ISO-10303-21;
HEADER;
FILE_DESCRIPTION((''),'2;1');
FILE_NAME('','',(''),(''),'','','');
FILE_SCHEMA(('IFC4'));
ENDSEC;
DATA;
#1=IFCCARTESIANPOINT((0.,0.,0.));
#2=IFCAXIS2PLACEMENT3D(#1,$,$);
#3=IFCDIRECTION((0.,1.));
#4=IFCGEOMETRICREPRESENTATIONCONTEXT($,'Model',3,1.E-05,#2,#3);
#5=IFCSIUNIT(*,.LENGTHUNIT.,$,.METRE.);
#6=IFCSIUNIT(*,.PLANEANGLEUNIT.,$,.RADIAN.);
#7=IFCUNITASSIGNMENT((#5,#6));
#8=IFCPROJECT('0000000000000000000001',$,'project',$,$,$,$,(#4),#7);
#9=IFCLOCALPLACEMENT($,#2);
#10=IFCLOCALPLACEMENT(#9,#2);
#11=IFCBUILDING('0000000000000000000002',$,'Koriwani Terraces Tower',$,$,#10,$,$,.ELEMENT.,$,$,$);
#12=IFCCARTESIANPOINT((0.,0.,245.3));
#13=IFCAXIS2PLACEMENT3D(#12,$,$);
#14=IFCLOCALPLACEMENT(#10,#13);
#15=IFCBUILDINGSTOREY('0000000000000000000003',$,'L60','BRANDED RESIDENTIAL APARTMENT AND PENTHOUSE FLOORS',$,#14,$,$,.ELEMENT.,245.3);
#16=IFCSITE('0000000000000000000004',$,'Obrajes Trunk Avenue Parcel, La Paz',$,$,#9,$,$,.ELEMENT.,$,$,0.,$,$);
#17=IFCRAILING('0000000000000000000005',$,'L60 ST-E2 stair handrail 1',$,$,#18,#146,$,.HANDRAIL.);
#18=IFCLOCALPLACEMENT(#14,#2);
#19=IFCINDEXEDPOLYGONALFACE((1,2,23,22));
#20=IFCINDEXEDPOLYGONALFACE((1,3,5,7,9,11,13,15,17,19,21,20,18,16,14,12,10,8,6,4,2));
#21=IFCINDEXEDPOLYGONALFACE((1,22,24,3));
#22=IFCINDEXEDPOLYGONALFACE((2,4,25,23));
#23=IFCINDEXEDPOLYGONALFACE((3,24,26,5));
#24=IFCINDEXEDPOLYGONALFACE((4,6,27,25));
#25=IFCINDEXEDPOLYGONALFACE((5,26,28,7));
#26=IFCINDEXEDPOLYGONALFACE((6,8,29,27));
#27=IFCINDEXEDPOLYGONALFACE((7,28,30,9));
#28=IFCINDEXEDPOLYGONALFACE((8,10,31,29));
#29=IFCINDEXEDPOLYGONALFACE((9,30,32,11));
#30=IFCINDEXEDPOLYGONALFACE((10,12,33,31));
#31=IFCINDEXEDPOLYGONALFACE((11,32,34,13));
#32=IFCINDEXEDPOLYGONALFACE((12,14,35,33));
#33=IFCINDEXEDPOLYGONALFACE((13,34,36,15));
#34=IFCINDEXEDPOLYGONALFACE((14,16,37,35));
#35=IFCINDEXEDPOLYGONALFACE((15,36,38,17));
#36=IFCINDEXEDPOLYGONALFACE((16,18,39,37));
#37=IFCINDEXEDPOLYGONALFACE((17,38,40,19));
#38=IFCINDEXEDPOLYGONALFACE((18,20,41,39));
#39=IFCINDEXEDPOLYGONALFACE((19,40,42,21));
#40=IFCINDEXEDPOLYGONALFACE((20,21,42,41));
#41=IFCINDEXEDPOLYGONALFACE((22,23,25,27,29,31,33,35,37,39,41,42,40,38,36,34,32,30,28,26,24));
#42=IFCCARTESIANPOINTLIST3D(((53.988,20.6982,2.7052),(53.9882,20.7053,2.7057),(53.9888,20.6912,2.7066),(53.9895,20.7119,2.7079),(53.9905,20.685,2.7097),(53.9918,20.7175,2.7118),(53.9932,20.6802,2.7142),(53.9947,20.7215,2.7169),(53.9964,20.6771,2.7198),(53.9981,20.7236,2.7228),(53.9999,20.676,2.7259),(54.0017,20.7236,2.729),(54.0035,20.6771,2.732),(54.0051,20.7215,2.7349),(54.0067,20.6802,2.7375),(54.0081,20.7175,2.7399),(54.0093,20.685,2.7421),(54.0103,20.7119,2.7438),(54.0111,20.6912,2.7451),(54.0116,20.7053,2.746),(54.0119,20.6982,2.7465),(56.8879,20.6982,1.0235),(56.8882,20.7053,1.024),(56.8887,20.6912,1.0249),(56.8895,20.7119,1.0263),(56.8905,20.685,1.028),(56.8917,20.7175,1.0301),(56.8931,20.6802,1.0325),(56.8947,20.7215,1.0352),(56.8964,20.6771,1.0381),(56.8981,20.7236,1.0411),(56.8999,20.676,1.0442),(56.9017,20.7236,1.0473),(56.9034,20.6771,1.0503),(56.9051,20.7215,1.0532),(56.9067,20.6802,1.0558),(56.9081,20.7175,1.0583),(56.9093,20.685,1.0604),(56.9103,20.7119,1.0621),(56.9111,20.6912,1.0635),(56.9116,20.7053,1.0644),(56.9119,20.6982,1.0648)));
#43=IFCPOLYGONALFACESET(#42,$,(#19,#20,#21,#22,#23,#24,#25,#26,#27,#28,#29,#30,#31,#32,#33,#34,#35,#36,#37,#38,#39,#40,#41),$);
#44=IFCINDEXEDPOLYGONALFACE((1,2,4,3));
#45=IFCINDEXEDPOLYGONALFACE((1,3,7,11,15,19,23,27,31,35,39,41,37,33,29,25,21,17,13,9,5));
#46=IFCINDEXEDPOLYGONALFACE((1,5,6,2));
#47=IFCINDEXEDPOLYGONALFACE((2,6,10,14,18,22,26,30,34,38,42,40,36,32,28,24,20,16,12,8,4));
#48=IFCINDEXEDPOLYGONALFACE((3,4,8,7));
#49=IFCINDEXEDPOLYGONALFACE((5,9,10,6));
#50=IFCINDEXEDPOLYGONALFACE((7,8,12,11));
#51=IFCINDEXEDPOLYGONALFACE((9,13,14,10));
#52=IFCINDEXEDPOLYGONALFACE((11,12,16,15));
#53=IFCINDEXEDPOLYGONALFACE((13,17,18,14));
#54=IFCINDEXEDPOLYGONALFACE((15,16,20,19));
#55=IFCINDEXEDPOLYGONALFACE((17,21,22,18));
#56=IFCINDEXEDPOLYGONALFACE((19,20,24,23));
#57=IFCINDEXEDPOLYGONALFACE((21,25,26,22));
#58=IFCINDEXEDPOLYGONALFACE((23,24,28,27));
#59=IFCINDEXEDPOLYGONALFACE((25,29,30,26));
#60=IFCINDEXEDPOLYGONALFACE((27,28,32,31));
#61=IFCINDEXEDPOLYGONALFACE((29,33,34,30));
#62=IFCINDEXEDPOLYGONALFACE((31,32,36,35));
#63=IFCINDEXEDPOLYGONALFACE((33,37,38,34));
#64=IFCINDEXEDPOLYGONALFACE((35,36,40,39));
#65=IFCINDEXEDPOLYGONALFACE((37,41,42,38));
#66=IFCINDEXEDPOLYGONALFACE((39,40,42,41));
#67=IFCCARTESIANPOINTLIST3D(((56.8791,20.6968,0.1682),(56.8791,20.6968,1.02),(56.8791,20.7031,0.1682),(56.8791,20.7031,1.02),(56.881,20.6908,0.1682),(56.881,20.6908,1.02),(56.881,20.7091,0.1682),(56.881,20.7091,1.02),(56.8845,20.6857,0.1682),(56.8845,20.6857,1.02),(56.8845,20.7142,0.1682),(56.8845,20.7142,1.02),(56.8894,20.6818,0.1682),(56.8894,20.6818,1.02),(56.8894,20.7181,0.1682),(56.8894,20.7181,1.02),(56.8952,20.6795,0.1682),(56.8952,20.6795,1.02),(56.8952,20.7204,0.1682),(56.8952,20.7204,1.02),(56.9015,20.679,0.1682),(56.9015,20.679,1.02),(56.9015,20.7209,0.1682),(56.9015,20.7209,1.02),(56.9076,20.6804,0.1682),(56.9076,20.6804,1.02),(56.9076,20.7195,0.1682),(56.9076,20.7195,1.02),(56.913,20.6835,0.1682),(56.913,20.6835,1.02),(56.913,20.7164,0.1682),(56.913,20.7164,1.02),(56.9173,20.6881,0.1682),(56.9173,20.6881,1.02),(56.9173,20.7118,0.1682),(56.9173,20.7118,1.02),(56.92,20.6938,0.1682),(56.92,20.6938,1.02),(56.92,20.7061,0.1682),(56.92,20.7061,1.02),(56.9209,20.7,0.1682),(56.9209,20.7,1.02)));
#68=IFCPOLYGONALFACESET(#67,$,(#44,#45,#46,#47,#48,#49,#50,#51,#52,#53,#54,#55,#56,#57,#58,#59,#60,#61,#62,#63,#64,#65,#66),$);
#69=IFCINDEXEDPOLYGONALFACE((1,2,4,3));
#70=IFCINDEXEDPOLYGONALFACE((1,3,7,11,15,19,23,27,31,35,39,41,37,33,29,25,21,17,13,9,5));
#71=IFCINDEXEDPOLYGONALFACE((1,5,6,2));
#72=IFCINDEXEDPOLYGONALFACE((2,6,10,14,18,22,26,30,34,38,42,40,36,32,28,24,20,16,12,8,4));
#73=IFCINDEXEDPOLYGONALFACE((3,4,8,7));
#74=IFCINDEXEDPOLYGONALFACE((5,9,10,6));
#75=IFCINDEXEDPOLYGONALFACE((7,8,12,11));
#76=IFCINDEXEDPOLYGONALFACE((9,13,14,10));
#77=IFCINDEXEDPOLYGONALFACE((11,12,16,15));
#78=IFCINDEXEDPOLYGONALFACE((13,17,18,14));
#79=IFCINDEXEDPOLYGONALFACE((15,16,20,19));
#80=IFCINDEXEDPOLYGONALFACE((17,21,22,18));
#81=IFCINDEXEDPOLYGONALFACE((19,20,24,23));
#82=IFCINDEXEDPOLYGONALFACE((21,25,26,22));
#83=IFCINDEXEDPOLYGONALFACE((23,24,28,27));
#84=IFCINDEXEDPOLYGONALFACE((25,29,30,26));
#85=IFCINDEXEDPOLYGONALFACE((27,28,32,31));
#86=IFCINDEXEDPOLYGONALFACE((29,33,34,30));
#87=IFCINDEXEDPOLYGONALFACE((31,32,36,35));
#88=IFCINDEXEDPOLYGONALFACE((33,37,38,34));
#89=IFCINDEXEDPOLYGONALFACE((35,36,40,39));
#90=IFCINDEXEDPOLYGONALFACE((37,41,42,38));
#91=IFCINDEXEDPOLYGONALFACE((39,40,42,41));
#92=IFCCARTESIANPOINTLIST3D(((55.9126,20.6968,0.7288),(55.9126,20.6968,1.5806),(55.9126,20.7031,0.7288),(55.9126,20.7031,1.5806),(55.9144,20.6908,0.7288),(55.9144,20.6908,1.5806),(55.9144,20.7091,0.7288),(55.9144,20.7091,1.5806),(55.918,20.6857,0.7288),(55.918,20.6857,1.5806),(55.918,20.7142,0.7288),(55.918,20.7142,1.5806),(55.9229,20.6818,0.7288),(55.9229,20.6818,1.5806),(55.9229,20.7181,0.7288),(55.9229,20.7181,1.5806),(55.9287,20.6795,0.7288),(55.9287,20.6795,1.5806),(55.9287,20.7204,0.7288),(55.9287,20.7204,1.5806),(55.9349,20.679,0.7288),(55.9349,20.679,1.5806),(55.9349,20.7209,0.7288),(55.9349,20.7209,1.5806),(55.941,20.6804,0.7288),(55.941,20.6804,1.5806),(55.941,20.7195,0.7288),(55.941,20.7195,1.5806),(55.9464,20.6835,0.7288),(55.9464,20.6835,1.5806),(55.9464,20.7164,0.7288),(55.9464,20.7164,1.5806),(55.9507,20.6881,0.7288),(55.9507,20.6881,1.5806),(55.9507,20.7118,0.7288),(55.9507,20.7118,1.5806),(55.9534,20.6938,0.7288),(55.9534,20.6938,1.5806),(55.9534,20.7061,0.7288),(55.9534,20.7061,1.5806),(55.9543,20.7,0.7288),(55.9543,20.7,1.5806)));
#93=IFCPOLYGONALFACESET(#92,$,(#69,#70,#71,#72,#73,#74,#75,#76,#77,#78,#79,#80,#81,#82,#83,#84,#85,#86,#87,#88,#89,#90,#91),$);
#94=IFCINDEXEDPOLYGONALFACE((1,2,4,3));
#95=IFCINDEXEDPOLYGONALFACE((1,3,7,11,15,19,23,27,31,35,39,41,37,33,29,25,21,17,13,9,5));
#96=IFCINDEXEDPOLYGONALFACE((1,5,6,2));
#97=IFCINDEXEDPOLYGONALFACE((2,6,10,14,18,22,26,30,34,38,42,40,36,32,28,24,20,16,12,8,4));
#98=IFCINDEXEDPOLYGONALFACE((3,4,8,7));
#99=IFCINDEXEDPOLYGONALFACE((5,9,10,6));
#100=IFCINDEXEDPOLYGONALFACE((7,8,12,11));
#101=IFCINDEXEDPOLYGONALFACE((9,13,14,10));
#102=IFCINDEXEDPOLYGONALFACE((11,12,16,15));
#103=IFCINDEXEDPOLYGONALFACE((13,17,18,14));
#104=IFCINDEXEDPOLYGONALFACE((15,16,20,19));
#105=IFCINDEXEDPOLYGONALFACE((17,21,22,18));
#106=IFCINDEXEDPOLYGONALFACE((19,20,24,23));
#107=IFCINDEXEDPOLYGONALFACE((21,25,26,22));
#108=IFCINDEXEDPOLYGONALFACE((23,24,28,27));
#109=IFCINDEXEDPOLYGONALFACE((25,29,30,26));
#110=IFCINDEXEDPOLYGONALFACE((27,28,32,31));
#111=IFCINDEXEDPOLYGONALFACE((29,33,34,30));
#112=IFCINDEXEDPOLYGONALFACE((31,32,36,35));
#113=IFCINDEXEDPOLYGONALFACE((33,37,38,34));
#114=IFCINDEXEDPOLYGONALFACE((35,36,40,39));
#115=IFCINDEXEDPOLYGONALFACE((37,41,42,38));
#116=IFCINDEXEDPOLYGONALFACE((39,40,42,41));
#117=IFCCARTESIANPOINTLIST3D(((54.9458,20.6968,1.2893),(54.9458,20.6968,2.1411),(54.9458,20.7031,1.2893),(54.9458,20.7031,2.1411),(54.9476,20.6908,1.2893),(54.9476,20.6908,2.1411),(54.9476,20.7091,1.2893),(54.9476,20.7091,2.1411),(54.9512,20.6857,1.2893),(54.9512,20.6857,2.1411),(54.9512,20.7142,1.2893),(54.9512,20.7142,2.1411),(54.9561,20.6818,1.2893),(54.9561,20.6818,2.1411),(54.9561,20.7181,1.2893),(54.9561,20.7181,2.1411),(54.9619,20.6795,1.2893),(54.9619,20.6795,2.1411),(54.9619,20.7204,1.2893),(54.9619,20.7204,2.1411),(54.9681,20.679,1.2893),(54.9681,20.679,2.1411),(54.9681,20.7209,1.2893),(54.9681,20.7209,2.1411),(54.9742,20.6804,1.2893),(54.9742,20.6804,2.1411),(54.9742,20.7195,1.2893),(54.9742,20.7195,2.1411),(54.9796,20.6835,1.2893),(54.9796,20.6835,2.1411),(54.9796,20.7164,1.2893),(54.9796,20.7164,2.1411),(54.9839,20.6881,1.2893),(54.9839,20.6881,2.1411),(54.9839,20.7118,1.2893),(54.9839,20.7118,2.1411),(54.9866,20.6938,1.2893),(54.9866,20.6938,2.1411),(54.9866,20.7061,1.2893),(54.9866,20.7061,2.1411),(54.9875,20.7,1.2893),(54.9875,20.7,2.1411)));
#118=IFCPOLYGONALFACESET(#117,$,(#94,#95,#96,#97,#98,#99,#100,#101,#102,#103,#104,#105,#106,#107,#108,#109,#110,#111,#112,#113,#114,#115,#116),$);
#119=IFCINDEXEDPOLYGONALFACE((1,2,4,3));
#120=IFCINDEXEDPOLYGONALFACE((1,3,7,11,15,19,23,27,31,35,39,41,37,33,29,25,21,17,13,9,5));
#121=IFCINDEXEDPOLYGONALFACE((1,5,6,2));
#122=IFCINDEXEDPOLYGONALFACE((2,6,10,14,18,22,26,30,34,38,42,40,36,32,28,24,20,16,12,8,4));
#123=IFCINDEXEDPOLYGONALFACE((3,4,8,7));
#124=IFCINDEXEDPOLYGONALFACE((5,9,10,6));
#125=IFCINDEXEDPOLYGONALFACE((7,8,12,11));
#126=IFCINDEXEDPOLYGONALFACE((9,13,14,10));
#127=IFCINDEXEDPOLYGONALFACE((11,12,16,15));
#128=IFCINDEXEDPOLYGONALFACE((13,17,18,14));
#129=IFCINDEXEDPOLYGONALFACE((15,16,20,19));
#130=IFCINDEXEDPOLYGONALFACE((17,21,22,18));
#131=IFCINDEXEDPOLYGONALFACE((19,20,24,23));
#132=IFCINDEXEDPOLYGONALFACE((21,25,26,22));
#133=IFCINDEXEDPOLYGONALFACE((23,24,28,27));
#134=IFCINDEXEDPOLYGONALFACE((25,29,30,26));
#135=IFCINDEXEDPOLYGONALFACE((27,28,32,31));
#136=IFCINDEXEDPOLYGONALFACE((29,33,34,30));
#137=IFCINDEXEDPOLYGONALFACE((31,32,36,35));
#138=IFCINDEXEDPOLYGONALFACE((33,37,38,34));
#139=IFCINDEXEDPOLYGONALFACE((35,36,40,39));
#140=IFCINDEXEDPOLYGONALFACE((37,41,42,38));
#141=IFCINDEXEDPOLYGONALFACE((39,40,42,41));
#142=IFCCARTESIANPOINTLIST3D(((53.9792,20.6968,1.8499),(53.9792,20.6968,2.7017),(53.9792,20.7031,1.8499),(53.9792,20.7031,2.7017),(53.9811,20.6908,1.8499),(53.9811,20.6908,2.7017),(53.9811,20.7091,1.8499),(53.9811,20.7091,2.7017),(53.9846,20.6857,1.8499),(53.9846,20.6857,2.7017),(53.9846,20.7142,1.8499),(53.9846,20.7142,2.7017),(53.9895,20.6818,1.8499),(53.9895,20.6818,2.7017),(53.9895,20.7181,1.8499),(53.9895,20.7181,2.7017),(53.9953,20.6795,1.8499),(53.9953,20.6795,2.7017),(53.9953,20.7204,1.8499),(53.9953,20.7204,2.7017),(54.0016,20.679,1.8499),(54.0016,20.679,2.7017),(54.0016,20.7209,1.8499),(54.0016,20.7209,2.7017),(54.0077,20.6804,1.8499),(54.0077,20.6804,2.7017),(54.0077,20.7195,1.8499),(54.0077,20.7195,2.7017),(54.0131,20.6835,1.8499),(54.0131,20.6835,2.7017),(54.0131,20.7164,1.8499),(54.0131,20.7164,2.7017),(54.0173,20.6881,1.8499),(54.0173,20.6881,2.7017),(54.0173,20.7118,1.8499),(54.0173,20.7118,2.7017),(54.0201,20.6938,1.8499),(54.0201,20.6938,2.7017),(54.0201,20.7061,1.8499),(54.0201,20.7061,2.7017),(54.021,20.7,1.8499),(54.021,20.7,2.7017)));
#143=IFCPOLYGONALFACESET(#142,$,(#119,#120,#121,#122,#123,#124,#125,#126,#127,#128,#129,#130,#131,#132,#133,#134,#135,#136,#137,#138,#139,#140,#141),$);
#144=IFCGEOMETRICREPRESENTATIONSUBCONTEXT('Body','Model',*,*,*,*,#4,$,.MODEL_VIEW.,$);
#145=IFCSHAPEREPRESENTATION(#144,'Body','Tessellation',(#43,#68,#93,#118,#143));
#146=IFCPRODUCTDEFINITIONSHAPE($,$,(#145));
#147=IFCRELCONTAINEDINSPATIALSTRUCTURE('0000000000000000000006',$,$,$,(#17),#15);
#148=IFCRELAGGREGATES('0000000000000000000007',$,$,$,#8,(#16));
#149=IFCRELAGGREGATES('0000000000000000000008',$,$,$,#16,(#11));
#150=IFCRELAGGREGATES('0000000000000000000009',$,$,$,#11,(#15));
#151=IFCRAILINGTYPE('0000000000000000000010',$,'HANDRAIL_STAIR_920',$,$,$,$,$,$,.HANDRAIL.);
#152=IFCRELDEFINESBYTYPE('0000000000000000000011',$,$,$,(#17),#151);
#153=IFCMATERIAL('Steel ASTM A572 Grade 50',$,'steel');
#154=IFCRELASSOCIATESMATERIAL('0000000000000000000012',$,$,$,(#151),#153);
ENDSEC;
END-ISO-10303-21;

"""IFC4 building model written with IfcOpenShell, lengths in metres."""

from ifc_helpers import new_model, si_unit, direction, frame, origin, origin_2d, place, context, subcontext, project, spatial, circle, extrude, material, type_object, element, save


model = new_model("IFC4")

# Units and contexts
model_context = context("Model", 3, precision=1e-05, world=origin(), true_north=direction((0.0, 1.0)))
body_context = subcontext(model_context, "Body", "Model", "MODEL_VIEW")
ifc_project = project(units=[si_unit("LENGTHUNIT", "METRE"), si_unit("PLANEANGLEUNIT", "RADIAN")], contexts=[model_context])

# Site, building, storey
site_placement = place(None, origin())
site = spatial("IfcSite", under=ifc_project, at=site_placement, Name="Obrajes Trunk Avenue Parcel, La Paz", CompositionType="ELEMENT", RefElevation=0.0)
building_placement = place(site_placement, origin())
building = spatial("IfcBuilding", under=site, at=building_placement, Name="Koriwani Terraces Tower", CompositionType="ELEMENT")
storey_placement = place(building_placement, frame((0.0, 0.0, 245.3)))
storey = spatial("IfcBuildingStorey", under=building, at=storey_placement, Name="L60", Description="BRANDED RESIDENTIAL APARTMENT AND PENTHOUSE FLOORS", CompositionType="ELEMENT", Elevation=245.3)

# Shared definitions
ifc_material_1 = material(Name="Steel ASTM A572 Grade 50", Category="steel")

# Railing
railing_type = type_object("IfcRailingType", Name="HANDRAIL_STAIR_920", PredefinedType="HANDRAIL", material=ifc_material_1)
railing_placement = place(storey_placement, frame((56.8999, 20.7, 0.1682)))
element("IfcRailing", 1, at=railing_placement, inside=storey, type_object=railing_type, Name="L60 ST-E2 stair handrail 1", PredefinedType="HANDRAIL", context=body_context, shape_type="SweptSolid", body=[
    extrude(circle(Radius=0.0239, at=origin_2d()), frame((0.0, 0.0, 0.876), z_axis=(-0.86507, 0.0, 0.501651), x_axis=(0.0, -1.0, 0.0)), (0.0, 0.0, 1.0), 3.3523),
    extrude(circle(Radius=0.021, at=origin_2d()), origin(), (0.0, 0.0, 1.0), 0.8518),
    extrude(circle(Radius=0.021, at=origin_2d()), frame((-0.9666, 0.0, 0.5605)), (0.0, 0.0, 1.0), 0.8518),
    extrude(circle(Radius=0.021, at=origin_2d()), frame((-1.9333, 0.0, 1.1211)), (0.0, 0.0, 1.0), 0.8518),
    extrude(circle(Radius=0.021, at=origin_2d()), frame((-2.8999, 0.0, 1.6816)), (0.0, 0.0, 1.0), 0.8518),
])

save(model, "model.ifc")
